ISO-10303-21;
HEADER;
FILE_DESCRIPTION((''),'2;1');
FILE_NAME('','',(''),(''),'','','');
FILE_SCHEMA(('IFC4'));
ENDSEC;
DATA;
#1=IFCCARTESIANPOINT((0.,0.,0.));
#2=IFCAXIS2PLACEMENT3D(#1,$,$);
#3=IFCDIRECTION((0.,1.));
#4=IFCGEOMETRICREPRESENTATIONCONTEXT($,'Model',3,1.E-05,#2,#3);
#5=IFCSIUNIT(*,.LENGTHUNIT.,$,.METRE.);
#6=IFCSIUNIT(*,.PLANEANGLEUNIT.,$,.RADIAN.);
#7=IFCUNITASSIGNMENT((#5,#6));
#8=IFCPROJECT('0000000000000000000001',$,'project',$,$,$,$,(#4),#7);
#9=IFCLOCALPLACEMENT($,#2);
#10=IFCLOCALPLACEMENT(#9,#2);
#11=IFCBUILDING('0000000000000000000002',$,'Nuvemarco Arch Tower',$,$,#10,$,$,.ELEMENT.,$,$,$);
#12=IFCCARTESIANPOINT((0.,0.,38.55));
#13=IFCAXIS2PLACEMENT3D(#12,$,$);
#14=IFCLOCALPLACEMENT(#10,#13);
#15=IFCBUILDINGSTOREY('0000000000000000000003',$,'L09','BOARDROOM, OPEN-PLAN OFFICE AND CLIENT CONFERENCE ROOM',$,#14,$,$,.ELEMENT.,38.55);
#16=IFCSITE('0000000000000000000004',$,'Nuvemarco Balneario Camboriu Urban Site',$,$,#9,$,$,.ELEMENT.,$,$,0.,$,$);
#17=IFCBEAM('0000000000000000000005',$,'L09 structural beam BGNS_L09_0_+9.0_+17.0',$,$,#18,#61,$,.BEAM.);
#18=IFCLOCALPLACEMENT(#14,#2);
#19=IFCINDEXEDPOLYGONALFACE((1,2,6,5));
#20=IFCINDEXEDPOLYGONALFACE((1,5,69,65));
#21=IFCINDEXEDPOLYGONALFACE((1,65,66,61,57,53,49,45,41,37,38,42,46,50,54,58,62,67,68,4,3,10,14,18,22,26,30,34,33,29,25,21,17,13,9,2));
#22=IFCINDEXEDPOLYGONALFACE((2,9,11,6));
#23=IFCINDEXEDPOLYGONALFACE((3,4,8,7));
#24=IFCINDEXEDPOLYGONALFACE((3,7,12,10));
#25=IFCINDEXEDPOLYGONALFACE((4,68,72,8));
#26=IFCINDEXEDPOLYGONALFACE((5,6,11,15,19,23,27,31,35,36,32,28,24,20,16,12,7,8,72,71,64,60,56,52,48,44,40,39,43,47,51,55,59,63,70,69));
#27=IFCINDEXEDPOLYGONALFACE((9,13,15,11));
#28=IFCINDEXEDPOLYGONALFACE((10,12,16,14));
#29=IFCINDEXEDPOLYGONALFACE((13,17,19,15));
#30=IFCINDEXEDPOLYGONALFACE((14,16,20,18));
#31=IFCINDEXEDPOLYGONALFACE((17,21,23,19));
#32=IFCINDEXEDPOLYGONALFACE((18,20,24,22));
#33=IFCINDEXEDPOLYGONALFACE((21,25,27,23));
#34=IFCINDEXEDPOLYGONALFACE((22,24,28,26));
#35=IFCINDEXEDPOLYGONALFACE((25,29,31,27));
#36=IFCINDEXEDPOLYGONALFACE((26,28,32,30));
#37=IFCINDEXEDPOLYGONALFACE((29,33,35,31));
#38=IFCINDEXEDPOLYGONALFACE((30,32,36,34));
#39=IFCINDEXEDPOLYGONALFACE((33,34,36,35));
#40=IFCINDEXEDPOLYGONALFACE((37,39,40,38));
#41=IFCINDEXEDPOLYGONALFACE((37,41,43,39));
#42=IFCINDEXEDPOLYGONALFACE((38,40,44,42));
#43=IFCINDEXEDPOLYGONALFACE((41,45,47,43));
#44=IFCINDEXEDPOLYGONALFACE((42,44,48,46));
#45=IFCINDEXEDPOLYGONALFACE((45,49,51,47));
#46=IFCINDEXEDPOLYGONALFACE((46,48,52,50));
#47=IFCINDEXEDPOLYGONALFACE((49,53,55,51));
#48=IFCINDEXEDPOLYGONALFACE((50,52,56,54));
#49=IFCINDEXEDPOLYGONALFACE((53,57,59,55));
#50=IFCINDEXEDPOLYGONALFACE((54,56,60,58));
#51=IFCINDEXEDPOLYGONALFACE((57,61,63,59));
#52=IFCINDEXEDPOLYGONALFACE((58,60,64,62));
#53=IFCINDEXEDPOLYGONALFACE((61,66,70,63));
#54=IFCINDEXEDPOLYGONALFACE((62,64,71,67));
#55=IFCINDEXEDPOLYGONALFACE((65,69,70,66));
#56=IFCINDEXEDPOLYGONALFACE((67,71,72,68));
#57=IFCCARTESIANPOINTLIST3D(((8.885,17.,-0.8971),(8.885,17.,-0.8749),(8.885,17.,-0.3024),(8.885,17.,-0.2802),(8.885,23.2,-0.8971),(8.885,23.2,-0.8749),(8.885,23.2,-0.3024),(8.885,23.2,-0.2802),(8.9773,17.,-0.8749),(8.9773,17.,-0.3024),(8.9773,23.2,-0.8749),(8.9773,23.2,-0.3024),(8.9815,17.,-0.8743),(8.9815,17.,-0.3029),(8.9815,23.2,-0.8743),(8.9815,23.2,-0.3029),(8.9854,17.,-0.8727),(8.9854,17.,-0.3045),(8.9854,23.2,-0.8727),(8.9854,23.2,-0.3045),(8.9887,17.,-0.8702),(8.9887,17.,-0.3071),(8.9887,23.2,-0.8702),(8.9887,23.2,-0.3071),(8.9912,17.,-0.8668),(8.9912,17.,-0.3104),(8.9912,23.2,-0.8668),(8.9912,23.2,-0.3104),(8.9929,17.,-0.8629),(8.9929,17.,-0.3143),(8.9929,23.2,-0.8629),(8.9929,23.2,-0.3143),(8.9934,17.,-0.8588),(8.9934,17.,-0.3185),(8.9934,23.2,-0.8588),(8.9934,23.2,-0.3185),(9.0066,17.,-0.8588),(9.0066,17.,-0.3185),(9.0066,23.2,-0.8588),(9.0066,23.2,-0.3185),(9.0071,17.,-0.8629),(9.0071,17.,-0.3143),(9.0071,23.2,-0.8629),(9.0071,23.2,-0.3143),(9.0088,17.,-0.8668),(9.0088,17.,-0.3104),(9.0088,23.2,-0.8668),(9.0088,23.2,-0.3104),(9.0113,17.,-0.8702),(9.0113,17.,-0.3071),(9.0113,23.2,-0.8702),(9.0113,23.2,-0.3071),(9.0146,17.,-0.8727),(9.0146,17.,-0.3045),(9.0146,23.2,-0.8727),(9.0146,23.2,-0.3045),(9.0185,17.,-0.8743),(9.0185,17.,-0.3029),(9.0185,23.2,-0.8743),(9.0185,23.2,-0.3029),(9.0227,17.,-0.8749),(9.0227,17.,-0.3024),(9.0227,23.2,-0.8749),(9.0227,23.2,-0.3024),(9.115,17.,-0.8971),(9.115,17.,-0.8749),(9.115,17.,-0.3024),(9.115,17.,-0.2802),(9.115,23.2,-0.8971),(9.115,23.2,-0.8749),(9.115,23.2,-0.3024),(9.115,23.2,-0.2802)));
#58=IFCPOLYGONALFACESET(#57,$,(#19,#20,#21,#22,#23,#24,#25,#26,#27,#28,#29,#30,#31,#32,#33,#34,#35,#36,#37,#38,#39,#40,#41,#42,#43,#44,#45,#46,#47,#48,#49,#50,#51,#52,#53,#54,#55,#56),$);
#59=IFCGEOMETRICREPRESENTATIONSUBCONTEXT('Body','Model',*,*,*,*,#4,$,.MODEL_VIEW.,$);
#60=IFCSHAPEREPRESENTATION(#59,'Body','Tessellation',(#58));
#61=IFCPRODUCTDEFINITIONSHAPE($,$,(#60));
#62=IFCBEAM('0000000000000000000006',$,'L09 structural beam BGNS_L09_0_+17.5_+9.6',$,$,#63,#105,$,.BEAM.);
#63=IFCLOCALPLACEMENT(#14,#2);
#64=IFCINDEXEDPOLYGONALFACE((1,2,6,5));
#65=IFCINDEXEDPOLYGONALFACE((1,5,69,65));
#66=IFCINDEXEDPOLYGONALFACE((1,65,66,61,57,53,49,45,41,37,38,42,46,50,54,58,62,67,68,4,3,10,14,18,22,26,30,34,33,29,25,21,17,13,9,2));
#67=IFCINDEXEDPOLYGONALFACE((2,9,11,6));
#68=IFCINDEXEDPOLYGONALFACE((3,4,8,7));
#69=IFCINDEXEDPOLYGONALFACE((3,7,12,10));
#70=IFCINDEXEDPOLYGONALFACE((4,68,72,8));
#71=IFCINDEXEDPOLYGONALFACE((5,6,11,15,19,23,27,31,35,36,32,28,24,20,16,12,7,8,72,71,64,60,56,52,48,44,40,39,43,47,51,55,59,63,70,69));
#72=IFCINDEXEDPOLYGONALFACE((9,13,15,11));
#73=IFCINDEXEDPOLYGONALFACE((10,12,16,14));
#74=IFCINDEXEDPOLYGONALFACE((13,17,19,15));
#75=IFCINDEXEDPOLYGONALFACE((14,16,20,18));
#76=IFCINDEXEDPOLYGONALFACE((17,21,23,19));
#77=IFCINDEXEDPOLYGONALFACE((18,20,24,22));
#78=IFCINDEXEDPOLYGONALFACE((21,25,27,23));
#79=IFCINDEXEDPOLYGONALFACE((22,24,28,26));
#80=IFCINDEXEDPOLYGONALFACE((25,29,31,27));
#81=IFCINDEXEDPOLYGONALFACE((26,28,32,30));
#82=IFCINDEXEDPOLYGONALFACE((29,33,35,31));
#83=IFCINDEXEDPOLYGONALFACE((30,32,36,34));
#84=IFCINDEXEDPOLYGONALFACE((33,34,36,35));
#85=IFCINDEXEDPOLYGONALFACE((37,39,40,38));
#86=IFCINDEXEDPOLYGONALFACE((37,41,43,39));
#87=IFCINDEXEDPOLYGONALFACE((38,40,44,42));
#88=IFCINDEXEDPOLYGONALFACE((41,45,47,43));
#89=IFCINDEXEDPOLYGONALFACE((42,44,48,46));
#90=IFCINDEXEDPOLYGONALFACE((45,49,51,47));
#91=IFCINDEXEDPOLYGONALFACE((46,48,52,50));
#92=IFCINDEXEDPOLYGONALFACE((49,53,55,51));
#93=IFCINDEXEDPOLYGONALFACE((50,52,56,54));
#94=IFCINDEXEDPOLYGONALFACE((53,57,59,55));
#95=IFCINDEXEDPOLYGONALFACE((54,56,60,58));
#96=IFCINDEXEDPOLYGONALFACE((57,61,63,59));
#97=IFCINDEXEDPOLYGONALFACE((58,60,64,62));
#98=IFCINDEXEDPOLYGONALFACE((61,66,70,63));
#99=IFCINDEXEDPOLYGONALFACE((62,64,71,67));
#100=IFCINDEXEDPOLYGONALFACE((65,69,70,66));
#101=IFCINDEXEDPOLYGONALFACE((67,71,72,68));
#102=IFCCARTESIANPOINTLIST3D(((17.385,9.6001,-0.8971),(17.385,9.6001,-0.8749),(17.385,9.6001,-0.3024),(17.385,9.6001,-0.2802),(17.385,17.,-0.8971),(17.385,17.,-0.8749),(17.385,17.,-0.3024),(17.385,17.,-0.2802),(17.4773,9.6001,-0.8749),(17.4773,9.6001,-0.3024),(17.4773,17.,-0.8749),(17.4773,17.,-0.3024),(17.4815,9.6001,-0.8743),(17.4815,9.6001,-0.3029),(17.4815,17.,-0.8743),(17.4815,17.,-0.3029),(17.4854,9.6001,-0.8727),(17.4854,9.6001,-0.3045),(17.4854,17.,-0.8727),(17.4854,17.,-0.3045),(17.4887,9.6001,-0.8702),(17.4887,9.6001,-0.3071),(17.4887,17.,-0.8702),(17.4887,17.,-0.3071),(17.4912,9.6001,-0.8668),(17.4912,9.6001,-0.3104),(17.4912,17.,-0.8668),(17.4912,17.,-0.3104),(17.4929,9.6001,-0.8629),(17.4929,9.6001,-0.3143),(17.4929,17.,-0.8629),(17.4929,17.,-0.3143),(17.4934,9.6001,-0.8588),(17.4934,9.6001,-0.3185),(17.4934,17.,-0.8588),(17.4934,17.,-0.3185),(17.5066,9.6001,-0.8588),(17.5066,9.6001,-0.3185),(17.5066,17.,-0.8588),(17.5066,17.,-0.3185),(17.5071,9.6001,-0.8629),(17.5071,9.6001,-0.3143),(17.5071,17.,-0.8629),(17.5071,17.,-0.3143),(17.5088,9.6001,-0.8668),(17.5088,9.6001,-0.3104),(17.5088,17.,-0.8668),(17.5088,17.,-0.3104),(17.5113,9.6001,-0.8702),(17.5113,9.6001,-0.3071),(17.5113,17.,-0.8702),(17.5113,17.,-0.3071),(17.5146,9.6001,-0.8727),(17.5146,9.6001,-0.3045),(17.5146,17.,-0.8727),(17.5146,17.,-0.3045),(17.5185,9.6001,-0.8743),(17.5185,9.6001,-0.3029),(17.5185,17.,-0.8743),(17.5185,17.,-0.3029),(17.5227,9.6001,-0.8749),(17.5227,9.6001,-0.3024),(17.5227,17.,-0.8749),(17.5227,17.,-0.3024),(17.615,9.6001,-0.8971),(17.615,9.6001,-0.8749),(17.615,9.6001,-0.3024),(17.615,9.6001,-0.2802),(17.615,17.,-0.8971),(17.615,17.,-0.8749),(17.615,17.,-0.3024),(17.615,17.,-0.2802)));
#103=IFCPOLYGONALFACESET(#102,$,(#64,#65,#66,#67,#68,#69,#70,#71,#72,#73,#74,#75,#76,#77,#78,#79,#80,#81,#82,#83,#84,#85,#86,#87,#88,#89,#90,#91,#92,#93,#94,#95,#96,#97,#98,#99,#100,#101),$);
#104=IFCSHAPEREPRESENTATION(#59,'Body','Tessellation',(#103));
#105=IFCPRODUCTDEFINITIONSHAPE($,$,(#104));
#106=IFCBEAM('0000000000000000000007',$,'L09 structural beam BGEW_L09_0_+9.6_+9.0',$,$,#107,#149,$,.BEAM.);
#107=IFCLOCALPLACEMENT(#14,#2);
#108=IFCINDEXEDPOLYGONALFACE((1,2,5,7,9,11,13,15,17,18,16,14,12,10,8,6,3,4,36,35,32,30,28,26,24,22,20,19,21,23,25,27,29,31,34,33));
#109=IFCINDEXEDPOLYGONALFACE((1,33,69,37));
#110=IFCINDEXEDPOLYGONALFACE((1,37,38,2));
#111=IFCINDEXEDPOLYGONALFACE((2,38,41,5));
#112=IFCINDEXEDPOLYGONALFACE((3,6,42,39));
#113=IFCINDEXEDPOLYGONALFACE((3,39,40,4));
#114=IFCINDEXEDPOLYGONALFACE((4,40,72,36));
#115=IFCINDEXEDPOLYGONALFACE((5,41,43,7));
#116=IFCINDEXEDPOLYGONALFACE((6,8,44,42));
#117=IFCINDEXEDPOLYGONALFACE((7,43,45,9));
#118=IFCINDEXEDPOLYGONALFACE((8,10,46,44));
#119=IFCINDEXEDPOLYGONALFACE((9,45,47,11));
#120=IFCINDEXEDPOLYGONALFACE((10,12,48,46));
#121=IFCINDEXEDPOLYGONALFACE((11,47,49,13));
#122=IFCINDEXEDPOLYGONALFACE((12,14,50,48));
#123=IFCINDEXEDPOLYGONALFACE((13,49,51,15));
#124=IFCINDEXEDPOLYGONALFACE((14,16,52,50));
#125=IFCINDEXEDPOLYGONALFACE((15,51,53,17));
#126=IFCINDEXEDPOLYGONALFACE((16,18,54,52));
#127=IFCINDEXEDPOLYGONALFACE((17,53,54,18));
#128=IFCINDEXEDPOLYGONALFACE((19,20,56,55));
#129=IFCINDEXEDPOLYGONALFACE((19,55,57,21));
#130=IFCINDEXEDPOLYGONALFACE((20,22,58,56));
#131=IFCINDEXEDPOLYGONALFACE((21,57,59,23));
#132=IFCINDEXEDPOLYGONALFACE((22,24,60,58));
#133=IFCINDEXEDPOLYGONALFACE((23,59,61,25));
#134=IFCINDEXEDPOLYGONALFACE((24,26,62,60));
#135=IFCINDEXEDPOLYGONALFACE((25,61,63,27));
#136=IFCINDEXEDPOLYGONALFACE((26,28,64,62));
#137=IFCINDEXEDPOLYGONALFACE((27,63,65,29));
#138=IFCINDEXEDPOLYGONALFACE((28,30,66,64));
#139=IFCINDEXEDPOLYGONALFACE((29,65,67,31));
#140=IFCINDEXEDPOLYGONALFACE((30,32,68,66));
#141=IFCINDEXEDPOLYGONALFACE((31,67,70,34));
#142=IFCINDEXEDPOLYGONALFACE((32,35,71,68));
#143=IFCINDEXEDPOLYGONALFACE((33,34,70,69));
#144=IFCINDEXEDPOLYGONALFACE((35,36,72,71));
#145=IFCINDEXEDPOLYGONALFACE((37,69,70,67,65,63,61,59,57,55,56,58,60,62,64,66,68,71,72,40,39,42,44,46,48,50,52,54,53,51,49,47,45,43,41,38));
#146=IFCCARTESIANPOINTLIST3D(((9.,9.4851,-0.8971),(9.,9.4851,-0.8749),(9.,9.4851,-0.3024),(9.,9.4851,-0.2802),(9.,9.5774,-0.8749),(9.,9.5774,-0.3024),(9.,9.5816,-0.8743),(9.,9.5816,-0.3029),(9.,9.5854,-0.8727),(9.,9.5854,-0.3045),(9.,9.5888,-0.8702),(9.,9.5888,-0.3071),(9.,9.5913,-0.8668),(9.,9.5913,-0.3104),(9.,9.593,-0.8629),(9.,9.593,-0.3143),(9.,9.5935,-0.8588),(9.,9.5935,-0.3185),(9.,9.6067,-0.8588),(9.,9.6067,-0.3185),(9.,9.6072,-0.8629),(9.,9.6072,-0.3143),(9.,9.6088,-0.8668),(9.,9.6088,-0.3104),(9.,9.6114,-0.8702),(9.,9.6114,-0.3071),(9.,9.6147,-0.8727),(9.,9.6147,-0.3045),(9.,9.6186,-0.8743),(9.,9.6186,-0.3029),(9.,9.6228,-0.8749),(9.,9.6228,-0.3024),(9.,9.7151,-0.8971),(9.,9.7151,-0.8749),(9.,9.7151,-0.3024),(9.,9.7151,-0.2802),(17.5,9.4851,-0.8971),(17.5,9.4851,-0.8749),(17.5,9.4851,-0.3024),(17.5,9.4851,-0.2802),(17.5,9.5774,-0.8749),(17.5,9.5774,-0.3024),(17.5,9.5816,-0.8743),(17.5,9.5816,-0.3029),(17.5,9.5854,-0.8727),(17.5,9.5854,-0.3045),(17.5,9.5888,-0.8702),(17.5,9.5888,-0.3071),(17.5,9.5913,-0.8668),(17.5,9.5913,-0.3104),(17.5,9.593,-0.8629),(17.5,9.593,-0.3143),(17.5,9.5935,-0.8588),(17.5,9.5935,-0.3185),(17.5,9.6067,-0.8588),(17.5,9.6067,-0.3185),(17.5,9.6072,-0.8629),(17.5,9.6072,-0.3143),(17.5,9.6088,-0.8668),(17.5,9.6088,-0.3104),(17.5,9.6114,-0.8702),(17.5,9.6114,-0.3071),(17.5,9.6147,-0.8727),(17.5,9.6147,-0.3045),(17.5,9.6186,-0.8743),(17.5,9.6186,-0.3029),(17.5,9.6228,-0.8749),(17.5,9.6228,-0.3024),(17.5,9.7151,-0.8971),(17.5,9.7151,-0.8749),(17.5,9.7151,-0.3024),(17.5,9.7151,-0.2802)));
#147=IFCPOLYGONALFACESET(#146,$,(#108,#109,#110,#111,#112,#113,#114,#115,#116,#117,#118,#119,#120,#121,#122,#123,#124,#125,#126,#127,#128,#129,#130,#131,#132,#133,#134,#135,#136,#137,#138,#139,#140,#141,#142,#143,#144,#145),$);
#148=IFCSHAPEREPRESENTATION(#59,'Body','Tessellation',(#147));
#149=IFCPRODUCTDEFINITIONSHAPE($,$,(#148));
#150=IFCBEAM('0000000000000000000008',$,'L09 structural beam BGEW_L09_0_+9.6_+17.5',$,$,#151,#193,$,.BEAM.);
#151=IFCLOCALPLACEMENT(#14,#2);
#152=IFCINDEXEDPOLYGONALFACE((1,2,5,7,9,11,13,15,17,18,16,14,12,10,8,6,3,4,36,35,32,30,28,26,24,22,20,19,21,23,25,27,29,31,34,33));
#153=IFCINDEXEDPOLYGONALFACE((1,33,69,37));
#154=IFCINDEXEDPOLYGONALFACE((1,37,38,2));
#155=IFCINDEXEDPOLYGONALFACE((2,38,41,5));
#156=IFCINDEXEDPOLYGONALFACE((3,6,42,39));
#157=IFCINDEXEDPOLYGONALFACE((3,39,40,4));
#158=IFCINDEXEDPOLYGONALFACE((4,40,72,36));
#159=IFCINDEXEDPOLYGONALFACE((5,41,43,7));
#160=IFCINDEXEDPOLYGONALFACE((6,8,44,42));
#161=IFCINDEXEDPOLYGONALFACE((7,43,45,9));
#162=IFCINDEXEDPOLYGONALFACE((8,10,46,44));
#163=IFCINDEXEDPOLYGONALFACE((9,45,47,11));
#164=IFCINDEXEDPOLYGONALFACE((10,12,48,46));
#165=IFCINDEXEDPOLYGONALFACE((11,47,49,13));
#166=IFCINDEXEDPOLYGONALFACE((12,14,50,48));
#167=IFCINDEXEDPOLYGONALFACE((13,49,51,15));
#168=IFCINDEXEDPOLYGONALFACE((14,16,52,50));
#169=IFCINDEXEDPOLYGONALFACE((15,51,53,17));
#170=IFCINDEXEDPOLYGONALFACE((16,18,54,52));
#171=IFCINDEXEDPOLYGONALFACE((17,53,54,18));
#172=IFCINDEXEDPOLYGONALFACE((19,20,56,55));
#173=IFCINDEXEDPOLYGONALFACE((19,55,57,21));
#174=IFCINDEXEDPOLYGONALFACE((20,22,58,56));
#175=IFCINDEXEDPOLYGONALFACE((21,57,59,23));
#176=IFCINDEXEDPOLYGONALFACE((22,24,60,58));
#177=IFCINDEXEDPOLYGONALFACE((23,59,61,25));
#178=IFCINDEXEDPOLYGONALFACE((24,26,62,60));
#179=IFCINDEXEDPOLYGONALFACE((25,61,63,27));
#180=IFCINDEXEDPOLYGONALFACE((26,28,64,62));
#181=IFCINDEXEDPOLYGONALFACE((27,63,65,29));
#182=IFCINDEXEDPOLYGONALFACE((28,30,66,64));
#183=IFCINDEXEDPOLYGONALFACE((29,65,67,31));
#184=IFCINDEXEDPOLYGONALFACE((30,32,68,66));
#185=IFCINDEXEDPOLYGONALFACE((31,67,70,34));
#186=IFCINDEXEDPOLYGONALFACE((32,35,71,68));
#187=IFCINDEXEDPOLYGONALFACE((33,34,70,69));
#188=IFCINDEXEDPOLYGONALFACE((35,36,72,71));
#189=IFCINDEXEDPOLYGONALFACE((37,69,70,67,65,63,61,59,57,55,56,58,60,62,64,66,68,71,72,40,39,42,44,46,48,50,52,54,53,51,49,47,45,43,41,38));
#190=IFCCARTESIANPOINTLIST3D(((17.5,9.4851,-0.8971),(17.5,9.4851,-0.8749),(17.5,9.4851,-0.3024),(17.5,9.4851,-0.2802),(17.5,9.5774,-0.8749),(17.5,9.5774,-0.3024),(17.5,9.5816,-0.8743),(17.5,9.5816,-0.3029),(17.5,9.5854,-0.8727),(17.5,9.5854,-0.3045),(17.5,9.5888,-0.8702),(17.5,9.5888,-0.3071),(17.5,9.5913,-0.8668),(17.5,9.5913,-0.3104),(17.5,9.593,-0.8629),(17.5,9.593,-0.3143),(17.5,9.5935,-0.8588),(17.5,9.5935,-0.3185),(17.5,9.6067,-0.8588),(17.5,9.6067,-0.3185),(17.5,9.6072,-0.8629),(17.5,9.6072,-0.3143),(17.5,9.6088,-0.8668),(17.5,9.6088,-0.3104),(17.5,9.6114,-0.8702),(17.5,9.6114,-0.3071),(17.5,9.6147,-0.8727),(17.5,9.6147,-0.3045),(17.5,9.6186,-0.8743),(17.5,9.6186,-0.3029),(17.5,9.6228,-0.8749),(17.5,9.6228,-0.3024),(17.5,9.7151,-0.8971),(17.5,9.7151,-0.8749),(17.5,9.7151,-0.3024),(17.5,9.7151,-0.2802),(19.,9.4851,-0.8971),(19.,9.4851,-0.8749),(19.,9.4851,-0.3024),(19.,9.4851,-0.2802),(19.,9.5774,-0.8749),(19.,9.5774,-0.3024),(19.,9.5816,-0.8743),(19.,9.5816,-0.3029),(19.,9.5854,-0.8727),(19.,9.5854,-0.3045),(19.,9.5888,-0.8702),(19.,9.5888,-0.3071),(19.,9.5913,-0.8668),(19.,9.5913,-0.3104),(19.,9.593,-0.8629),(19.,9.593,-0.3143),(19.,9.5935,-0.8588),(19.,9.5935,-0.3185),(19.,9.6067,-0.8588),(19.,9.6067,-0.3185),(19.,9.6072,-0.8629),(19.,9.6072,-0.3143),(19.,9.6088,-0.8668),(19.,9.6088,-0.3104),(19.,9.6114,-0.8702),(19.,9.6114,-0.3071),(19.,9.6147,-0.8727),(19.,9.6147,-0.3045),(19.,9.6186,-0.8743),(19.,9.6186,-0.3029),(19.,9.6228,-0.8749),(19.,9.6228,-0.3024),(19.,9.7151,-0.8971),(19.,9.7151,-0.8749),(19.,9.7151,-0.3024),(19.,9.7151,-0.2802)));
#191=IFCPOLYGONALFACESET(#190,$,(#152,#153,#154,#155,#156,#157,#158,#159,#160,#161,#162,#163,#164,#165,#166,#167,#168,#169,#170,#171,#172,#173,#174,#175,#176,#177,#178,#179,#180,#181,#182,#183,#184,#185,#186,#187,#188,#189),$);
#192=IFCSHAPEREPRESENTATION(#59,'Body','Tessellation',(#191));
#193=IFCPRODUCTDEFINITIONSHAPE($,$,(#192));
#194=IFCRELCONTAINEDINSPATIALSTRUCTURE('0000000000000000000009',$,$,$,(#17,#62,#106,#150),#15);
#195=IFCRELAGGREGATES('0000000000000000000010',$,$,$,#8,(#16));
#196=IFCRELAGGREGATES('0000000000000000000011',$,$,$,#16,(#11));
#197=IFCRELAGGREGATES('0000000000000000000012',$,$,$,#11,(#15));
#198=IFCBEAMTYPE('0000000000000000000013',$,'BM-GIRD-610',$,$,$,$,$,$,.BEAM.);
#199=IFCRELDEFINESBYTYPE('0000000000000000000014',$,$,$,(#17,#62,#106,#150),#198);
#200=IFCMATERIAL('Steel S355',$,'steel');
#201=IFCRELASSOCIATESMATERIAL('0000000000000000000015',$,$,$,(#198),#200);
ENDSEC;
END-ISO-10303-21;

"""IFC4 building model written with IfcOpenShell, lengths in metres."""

from ifc_helpers import new_model, si_unit, direction, frame, origin, origin_2d, place, context, subcontext, project, spatial, i_section, extrude, material, material_profile, profile_set, type_object, element, save


model = new_model("IFC4")

# Units and contexts
model_context = context("Model", 3, precision=1e-05, world=origin(), true_north=direction((0.0, 1.0)))
body_context = subcontext(model_context, "Body", "Model", "MODEL_VIEW")
ifc_project = project(units=[si_unit("LENGTHUNIT", "METRE"), si_unit("PLANEANGLEUNIT", "RADIAN")], contexts=[model_context])

# Site, building, storey
site_placement = place(None, origin())
site = spatial("IfcSite", under=ifc_project, at=site_placement, Name="Nuvemarco Balneario Camboriu Urban Site", CompositionType="ELEMENT", RefElevation=0.0)
building_placement = place(site_placement, origin())
building = spatial("IfcBuilding", under=site, at=building_placement, Name="Nuvemarco Arch Tower", CompositionType="ELEMENT")
storey_placement = place(building_placement, frame((0.0, 0.0, 38.55)))
storey = spatial("IfcBuildingStorey", under=building, at=storey_placement, Name="L09", Description="BOARDROOM, OPEN-PLAN OFFICE AND CLIENT CONFERENCE ROOM", CompositionType="ELEMENT", Elevation=38.55)

# Shared definitions
ifc_material_1 = material(Name="Steel S355", Category="steel")

# Beams
ifc_material_profile_1 = material_profile(ifc_material_1, i_section(OverallWidth=0.23, OverallDepth=0.6169, WebThickness=0.0132, FlangeThickness=0.0222, FilletRadius=0.0161, at=origin_2d()), Name="W610x140")
ifc_profile_set_1 = profile_set([ifc_material_profile_1], Name="Steel S355")
beam_type_1 = type_object("IfcBeamType", Name="BM-GIRD-610", PredefinedType="BEAM", material=ifc_profile_set_1)
beam_1_placement = place(storey_placement, frame((9.0, 17.0, -0.5886), z_axis=(0.0, 1.0, 0.0), x_axis=(-1.0, 0.0, 0.0)))
element("IfcBeam", 1, at=beam_1_placement, inside=storey, type_object=beam_type_1, Name="L09 structural beam BGNS_L09_0_+9.0_+17.0", PredefinedType="BEAM", context=body_context, shape_type="SweptSolid", body=[
    extrude(i_section(OverallWidth=0.23, OverallDepth=0.6169, WebThickness=0.0132, FlangeThickness=0.0222, FilletRadius=0.0161, at=origin_2d()), origin(), (0.0, 0.0, 1.0), 6.2),
])
beam_2_placement = place(storey_placement, frame((17.5, 9.6001, -0.5886), z_axis=(0.0, 1.0, 0.0), x_axis=(-1.0, 0.0, 0.0)))
element("IfcBeam", 2, at=beam_2_placement, inside=storey, type_object=beam_type_1, Name="L09 structural beam BGNS_L09_0_+17.5_+9.6", PredefinedType="BEAM", context=body_context, shape_type="SweptSolid", body=[
    extrude(i_section(OverallWidth=0.23, OverallDepth=0.6169, WebThickness=0.0132, FlangeThickness=0.0222, FilletRadius=0.0161, at=origin_2d()), origin(), (0.0, 0.0, 1.0), 7.3999),
])
beam_3_placement = place(storey_placement, frame((9.0, 9.6001, -0.5886), z_axis=(1.0, 0.0, 0.0), x_axis=(0.0, 1.0, 0.0)))
element("IfcBeam", 3, at=beam_3_placement, inside=storey, type_object=beam_type_1, Name="L09 structural beam BGEW_L09_0_+9.6_+9.0", PredefinedType="BEAM", context=body_context, shape_type="SweptSolid", body=[
    extrude(i_section(OverallWidth=0.23, OverallDepth=0.6169, WebThickness=0.0132, FlangeThickness=0.0222, FilletRadius=0.0161, at=origin_2d()), origin(), (0.0, 0.0, 1.0), 8.5),
])
beam_4_placement = place(storey_placement, frame((17.5, 9.6001, -0.5886), z_axis=(1.0, 0.0, 0.0), x_axis=(0.0, 1.0, 0.0)))
element("IfcBeam", 4, at=beam_4_placement, inside=storey, type_object=beam_type_1, Name="L09 structural beam BGEW_L09_0_+9.6_+17.5", PredefinedType="BEAM", context=body_context, shape_type="SweptSolid", body=[
    extrude(i_section(OverallWidth=0.23, OverallDepth=0.6169, WebThickness=0.0132, FlangeThickness=0.0222, FilletRadius=0.0161, at=origin_2d()), origin(), (0.0, 0.0, 1.0), 1.5),
])

save(model, "model.ifc")
